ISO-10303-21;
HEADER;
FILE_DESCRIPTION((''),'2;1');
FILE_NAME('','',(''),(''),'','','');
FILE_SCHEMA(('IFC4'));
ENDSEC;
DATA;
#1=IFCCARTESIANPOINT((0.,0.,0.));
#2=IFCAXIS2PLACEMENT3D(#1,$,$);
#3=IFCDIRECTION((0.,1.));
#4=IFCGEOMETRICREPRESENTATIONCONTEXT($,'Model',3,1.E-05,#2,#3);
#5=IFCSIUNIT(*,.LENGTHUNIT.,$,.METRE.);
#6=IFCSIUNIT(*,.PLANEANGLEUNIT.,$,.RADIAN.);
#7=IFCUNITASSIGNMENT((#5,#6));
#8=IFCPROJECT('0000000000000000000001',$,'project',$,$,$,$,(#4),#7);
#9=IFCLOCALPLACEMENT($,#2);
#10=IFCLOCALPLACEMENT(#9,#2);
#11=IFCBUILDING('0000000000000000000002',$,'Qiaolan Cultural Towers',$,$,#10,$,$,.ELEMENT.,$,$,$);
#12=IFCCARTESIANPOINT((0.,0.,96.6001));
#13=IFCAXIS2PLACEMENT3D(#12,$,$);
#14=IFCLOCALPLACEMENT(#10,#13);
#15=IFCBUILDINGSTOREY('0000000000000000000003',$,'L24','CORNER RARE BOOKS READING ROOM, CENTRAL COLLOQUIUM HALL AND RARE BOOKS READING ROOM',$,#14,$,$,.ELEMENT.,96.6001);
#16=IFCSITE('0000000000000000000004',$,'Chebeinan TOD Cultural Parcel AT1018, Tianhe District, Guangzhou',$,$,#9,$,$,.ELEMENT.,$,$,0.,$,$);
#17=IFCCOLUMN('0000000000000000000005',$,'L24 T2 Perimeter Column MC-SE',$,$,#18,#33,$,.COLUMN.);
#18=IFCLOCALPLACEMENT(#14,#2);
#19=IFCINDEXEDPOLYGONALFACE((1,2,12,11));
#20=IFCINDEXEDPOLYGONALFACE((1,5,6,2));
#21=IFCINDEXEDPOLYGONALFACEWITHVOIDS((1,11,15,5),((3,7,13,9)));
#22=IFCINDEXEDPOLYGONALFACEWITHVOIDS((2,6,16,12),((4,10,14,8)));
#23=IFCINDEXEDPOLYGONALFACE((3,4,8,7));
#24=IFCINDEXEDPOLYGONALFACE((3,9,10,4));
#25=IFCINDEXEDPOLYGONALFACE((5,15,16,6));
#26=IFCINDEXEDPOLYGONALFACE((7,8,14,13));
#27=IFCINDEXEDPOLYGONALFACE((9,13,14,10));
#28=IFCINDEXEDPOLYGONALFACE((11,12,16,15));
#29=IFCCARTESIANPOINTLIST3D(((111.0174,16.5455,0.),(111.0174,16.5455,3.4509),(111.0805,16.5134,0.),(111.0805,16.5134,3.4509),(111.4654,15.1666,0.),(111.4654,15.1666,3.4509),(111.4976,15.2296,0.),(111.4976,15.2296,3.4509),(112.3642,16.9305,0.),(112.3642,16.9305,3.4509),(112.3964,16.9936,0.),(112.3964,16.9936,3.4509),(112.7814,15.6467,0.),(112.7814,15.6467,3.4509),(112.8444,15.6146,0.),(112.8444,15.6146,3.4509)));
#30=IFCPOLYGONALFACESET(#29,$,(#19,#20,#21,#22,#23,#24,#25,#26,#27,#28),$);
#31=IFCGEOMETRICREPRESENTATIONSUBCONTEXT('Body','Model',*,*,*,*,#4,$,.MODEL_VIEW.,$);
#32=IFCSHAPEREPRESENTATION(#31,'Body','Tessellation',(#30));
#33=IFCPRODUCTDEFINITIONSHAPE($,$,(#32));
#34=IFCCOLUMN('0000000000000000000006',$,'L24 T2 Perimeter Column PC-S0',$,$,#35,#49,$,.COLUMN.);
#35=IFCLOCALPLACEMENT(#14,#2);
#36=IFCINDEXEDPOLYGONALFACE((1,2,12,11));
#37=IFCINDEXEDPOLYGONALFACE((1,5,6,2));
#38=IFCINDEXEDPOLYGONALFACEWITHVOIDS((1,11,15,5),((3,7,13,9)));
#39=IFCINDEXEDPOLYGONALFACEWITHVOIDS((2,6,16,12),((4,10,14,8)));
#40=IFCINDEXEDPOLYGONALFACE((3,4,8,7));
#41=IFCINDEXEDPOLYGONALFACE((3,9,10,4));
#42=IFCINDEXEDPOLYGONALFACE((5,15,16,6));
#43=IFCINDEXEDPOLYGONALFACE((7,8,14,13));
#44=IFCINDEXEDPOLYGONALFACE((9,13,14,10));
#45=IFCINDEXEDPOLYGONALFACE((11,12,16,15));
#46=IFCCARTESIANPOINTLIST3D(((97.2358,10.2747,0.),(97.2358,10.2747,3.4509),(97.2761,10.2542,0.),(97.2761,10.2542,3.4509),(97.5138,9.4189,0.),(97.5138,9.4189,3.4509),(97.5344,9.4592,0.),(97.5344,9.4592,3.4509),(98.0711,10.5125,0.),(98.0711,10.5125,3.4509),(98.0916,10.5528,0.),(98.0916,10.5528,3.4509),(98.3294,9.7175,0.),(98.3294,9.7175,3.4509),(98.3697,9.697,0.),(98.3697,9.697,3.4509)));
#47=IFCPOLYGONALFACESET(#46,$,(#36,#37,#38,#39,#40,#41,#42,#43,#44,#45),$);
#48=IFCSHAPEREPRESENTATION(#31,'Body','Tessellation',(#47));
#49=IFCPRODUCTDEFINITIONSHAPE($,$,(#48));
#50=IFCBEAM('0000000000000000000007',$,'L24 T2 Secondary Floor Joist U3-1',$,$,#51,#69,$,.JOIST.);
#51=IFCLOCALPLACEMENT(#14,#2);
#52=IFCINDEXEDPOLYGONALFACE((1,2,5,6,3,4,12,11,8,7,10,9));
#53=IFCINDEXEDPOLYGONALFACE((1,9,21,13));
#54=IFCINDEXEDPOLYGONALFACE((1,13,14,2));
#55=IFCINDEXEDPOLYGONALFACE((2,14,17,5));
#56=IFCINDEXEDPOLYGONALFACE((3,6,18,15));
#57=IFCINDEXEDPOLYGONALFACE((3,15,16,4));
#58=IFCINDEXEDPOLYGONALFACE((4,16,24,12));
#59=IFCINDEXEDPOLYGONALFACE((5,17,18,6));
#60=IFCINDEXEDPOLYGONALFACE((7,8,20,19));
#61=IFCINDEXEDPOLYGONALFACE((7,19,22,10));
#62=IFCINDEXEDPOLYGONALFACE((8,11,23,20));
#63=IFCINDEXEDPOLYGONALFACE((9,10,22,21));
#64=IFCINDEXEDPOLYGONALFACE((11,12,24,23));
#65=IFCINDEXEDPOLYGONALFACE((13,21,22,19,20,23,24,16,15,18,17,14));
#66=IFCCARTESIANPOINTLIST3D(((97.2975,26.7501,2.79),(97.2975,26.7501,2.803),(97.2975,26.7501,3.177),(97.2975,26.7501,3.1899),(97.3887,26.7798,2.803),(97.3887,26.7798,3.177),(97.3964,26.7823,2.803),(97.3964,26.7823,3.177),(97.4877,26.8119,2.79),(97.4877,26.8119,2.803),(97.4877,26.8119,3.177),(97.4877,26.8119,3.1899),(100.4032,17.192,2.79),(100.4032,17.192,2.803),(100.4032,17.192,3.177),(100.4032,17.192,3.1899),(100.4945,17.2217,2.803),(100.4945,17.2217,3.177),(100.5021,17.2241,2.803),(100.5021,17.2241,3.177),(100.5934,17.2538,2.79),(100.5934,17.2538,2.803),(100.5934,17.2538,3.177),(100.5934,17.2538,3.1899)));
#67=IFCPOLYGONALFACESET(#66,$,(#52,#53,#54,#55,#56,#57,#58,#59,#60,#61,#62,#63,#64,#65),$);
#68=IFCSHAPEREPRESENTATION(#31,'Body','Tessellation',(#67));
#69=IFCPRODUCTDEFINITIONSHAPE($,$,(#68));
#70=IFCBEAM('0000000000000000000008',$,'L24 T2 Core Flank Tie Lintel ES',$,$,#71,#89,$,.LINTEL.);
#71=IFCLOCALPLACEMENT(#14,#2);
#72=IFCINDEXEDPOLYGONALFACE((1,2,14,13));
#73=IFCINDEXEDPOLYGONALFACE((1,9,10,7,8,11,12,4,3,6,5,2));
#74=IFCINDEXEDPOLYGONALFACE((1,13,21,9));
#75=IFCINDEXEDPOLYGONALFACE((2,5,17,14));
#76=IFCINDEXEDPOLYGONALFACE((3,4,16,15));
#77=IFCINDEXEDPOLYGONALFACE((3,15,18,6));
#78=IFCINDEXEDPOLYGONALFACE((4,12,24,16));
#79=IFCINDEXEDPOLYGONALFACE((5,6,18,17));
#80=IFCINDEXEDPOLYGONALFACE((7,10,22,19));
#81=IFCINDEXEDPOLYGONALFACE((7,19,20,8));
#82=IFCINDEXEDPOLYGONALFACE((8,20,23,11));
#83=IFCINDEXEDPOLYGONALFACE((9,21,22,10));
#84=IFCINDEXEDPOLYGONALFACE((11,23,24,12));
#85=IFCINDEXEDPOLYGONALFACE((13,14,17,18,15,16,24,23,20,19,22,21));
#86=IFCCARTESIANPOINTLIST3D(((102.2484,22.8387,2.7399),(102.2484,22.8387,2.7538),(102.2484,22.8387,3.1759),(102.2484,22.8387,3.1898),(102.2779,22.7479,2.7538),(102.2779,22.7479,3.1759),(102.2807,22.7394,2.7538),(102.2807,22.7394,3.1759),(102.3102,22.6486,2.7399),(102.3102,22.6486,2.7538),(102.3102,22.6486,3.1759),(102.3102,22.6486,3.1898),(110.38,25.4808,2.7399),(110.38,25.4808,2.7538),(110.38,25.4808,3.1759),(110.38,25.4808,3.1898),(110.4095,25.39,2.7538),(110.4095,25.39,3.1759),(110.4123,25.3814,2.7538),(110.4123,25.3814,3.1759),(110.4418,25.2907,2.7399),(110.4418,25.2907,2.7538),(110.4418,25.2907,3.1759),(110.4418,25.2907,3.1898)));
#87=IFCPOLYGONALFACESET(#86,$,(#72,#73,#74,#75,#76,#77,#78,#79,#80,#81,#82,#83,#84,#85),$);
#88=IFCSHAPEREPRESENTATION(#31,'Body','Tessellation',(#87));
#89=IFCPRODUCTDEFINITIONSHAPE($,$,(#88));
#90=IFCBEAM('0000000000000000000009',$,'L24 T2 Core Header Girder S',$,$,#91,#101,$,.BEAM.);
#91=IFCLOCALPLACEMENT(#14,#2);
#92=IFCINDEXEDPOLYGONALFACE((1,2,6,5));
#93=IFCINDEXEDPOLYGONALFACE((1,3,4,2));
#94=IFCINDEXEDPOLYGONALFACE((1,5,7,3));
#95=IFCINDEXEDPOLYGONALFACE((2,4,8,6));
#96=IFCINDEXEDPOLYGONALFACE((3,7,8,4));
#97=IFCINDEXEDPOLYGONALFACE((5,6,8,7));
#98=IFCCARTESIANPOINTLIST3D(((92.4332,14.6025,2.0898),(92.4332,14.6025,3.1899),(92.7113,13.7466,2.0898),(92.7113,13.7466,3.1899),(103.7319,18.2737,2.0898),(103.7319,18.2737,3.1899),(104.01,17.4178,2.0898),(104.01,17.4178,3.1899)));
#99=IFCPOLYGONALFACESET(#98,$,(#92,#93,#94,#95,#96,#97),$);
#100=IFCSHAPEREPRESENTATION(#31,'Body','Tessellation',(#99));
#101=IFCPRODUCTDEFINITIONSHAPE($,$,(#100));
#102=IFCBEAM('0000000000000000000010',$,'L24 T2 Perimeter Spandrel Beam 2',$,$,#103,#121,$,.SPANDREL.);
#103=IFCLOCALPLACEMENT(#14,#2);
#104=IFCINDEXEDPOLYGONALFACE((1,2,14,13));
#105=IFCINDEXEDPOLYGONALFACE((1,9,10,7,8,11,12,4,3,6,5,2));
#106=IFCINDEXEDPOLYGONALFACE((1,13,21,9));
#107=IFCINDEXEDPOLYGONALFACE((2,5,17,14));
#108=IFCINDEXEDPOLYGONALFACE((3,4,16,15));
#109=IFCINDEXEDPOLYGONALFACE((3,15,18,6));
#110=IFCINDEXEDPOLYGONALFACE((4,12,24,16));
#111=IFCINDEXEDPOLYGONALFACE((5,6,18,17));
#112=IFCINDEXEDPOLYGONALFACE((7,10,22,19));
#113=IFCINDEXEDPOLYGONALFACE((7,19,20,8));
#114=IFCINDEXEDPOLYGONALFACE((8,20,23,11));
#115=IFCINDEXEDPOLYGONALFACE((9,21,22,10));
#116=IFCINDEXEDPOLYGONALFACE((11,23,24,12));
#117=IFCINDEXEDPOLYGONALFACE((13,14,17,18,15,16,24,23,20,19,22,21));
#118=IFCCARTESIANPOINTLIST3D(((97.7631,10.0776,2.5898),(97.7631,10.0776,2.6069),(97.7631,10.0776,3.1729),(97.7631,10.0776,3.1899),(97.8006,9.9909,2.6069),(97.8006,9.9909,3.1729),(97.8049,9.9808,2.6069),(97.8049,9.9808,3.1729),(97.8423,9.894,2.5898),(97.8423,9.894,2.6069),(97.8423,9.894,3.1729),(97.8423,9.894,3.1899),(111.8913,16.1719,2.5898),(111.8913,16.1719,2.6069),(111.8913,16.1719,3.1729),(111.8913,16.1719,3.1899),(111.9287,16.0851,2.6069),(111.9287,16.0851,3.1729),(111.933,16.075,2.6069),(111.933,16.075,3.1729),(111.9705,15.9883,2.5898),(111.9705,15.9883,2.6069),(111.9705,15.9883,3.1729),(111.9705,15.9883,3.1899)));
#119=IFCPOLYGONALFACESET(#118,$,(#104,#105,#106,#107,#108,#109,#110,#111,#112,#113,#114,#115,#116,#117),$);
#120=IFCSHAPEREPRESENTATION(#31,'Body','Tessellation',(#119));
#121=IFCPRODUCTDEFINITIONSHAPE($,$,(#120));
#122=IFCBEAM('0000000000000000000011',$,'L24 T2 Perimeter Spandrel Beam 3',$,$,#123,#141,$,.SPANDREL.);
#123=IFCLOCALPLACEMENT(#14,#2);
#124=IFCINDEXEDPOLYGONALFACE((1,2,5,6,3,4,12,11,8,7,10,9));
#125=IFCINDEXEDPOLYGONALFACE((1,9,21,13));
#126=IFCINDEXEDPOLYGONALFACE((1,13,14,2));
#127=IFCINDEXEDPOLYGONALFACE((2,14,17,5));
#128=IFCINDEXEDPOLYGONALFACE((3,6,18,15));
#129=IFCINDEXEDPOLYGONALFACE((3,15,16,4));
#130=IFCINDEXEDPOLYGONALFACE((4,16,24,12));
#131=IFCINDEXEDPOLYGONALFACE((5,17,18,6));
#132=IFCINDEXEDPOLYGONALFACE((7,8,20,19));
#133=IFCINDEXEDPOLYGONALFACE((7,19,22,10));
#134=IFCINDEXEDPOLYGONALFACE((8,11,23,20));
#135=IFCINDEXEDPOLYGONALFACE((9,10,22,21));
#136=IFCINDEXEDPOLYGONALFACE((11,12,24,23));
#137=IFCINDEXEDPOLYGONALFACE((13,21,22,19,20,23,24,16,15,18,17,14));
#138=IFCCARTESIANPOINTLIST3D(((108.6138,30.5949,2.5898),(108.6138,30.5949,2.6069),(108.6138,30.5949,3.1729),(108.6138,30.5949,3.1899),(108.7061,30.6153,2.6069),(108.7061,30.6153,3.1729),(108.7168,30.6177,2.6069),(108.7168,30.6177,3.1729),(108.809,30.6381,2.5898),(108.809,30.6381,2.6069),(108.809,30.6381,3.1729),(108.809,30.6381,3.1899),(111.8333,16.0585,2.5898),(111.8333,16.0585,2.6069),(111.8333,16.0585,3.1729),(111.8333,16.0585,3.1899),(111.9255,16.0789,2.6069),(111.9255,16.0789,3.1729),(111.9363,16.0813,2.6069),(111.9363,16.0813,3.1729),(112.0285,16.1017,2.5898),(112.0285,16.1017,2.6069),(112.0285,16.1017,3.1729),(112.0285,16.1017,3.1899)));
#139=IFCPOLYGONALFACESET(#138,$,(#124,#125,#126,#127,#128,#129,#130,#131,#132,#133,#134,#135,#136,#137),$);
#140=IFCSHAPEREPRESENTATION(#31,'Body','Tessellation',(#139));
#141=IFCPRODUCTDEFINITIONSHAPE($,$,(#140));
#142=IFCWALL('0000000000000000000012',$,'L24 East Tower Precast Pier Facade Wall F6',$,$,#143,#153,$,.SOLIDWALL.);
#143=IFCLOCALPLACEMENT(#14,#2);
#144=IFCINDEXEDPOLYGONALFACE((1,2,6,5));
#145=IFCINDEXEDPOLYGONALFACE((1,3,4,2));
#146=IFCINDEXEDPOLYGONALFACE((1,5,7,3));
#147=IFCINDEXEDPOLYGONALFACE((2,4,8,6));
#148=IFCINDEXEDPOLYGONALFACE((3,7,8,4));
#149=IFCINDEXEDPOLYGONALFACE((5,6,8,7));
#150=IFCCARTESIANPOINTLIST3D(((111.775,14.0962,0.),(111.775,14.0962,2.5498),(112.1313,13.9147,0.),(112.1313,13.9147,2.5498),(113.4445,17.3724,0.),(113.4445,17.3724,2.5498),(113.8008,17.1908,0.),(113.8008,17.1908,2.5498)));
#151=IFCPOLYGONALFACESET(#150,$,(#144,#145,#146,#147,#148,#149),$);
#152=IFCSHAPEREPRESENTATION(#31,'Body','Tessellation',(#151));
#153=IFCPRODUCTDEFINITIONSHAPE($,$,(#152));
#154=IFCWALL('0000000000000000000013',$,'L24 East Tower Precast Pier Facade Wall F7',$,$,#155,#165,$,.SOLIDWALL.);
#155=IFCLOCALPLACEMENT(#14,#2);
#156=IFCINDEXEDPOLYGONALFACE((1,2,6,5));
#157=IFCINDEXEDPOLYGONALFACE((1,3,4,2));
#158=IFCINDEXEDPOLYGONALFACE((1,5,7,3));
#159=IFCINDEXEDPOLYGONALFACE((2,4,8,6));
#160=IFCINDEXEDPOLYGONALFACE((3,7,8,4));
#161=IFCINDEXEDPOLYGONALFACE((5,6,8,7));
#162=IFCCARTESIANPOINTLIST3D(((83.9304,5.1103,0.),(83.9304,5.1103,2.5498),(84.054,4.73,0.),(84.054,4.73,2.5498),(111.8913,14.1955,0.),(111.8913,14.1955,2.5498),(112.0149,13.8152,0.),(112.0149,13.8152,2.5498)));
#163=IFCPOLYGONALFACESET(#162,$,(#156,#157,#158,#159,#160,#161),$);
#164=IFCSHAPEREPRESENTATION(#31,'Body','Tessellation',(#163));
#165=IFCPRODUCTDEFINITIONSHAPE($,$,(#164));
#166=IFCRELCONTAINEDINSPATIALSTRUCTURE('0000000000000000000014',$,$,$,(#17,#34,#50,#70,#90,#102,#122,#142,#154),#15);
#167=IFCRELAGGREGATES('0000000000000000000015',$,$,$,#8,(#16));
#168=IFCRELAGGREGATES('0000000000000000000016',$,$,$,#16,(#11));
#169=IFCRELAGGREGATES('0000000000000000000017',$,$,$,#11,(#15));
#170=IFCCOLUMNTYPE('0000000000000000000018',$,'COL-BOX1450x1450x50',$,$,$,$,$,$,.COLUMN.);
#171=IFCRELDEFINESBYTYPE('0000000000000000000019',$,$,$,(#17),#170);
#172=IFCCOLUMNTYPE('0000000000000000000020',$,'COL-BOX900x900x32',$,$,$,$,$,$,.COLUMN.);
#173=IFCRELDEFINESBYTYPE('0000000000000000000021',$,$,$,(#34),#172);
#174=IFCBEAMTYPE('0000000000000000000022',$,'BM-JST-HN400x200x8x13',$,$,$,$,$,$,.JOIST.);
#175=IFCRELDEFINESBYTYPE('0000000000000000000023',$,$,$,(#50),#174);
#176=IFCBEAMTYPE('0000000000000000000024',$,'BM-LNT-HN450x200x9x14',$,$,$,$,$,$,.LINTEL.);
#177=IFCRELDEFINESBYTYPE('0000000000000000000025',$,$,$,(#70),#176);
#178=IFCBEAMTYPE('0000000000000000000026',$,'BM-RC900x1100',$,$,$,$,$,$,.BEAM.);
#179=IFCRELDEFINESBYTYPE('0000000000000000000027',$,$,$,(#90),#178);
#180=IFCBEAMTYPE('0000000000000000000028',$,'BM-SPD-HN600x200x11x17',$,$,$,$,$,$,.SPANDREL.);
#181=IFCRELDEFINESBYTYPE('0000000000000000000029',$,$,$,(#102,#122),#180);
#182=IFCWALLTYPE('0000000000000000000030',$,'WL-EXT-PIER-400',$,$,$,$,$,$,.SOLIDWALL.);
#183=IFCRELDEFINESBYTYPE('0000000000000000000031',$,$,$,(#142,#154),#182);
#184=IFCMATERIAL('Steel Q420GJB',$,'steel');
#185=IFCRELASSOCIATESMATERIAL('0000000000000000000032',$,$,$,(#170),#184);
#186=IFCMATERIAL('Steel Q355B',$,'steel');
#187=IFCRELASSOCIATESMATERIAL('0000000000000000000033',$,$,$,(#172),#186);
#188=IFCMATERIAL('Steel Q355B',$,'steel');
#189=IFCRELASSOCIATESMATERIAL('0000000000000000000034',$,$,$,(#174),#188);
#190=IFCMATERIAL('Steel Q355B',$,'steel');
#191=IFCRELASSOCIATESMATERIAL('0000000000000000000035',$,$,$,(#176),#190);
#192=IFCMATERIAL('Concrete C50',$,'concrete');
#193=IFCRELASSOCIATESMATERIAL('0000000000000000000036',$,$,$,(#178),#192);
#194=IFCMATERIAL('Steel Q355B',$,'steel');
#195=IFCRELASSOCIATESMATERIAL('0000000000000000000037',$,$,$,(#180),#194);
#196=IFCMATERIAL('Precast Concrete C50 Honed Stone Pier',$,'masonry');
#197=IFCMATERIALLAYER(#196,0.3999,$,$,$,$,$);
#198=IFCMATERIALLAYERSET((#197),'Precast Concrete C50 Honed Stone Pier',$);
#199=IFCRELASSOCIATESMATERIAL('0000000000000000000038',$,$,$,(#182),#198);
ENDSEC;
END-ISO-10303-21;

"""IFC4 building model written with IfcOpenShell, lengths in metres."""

from ifc_helpers import new_model, si_unit, direction, frame, frame_2d, origin, origin_2d, place, context, subcontext, project, spatial, rectangle, hollow_rectangle, i_section, extrude, material, layer, layer_set, material_profile, profile_set, type_object, element, save


model = new_model("IFC4")

# Units and contexts
model_context = context("Model", 3, precision=1e-05, world=origin(), true_north=direction((0.0, 1.0)))
body_context = subcontext(model_context, "Body", "Model", "MODEL_VIEW")
ifc_project = project(units=[si_unit("LENGTHUNIT", "METRE"), si_unit("PLANEANGLEUNIT", "RADIAN")], contexts=[model_context])

# Site, building, storey
site_placement = place(None, origin())
site = spatial("IfcSite", under=ifc_project, at=site_placement, Name="Chebeinan TOD Cultural Parcel AT1018, Tianhe District, Guangzhou", CompositionType="ELEMENT", RefElevation=0.0)
building_placement = place(site_placement, origin())
building = spatial("IfcBuilding", under=site, at=building_placement, Name="Qiaolan Cultural Towers", CompositionType="ELEMENT")
storey_placement = place(building_placement, frame((0.0, 0.0, 96.6001)))
storey = spatial("IfcBuildingStorey", under=building, at=storey_placement, Name="L24", Description="CORNER RARE BOOKS READING ROOM, CENTRAL COLLOQUIUM HALL AND RARE BOOKS READING ROOM", CompositionType="ELEMENT", Elevation=96.6001)

# Columns
ifc_material_1 = material(Name="Steel Q420GJB", Category="steel")
ifc_material_profile_1 = material_profile(ifc_material_1, hollow_rectangle(XDim=1.45, YDim=1.45, WallThickness=0.05, at=origin_2d()), Name="BOX1450x1450x50")
ifc_profile_set_1 = profile_set([ifc_material_profile_1], Name="Steel Q420GJB")
column_type_1 = type_object("IfcColumnType", Name="COL-BOX1450x1450x50", PredefinedType="COLUMN", material=ifc_profile_set_1)
column_1_placement = place(storey_placement, frame((111.9309, 16.0801, 0.0), z_axis=(0.0, 0.0, 1.0), x_axis=(0.951057, 0.309017, 0.0)))
element("IfcColumn", 1, at=column_1_placement, inside=storey, type_object=column_type_1, Name="L24 T2 Perimeter Column MC-SE", PredefinedType="COLUMN", context=body_context, shape_type="SweptSolid", body=[
    extrude(hollow_rectangle(XDim=1.45, YDim=1.45, WallThickness=0.05, at=origin_2d()), origin(), (0.0, 0.0, 1.0), 3.4509),
])
ifc_material_2 = material(Name="Steel Q355B", Category="steel")
ifc_material_profile_2 = material_profile(ifc_material_2, hollow_rectangle(XDim=0.8999, YDim=0.8999, WallThickness=0.032, at=origin_2d()), Name="BOX900x900x32")
ifc_profile_set_2 = profile_set([ifc_material_profile_2], Name="Steel Q355B")
column_type_2 = type_object("IfcColumnType", Name="COL-BOX900x900x32", PredefinedType="COLUMN", material=ifc_profile_set_2)
column_2_placement = place(storey_placement, frame((97.8027, 9.9858, 0.0), z_axis=(0.0, 0.0, 1.0), x_axis=(0.951057, 0.309017, 0.0)))
element("IfcColumn", 2, at=column_2_placement, inside=storey, type_object=column_type_2, Name="L24 T2 Perimeter Column PC-S0", PredefinedType="COLUMN", context=body_context, shape_type="SweptSolid", body=[
    extrude(hollow_rectangle(XDim=0.8999, YDim=0.8999, WallThickness=0.032, at=origin_2d()), origin(), (0.0, 0.0, 1.0), 3.4509),
])

# Beams
ifc_material_3 = material(Name="Steel Q355B", Category="steel")
ifc_material_profile_3 = material_profile(ifc_material_3, i_section(OverallWidth=0.2, OverallDepth=0.3999, WebThickness=0.0081, FlangeThickness=0.0129, at=origin_2d()), Name="HN400x200x8x13")
ifc_profile_set_3 = profile_set([ifc_material_profile_3], Name="Steel Q355B")
beam_type_1 = type_object("IfcBeamType", Name="BM-JST-HN400x200x8x13", PredefinedType="JOIST", material=ifc_profile_set_3)
beam_1_placement = place(storey_placement, frame((100.4983, 17.2229, 2.99), z_axis=(-0.309026, 0.951054, 0.0), x_axis=(-0.951054, -0.309026, 0.0)))
element("IfcBeam", 3, at=beam_1_placement, inside=storey, type_object=beam_type_1, Name="L24 T2 Secondary Floor Joist U3-1", PredefinedType="JOIST", context=body_context, shape_type="SweptSolid", body=[
    extrude(i_section(OverallWidth=0.2, OverallDepth=0.3999, WebThickness=0.0081, FlangeThickness=0.0129, at=origin_2d()), origin(), (0.0, 0.0, 1.0), 10.05),
])
ifc_material_4 = material(Name="Steel Q355B", Category="steel")
ifc_material_profile_4 = material_profile(ifc_material_4, i_section(OverallWidth=0.2, OverallDepth=0.45, WebThickness=0.009, FlangeThickness=0.0139, at=origin_2d()), Name="HN450x200x9x14")
ifc_profile_set_4 = profile_set([ifc_material_profile_4], Name="Steel Q355B")
beam_type_2 = type_object("IfcBeamType", Name="BM-LNT-HN450x200x9x14", PredefinedType="LINTEL", material=ifc_profile_set_4)
beam_2_placement = place(storey_placement, frame((102.2793, 22.7437, 2.9648), z_axis=(0.951057, 0.309014, 0.0), x_axis=(-0.309014, 0.951057, 0.0)))
element("IfcBeam", 4, at=beam_2_placement, inside=storey, type_object=beam_type_2, Name="L24 T2 Core Flank Tie Lintel ES", PredefinedType="LINTEL", context=body_context, shape_type="SweptSolid", body=[
    extrude(i_section(OverallWidth=0.2, OverallDepth=0.45, WebThickness=0.009, FlangeThickness=0.0139, at=origin_2d()), origin(), (0.0, 0.0, 1.0), 8.55),
])
ifc_material_5 = material(Name="Concrete C50", Category="concrete")
ifc_material_profile_5 = material_profile(ifc_material_5, rectangle(XDim=0.8999, YDim=1.1001, at=origin_2d()), Name="RC900x1100")
ifc_profile_set_5 = profile_set([ifc_material_profile_5], Name="Concrete C50")
beam_type_3 = type_object("IfcBeamType", Name="BM-RC900x1100", PredefinedType="BEAM", material=ifc_profile_set_5)
beam_3_placement = place(storey_placement, frame((92.5723, 14.1746, 2.6399), z_axis=(0.951056, 0.309018, 0.0), x_axis=(-0.309018, 0.951056, 0.0)))
element("IfcBeam", 5, at=beam_3_placement, inside=storey, type_object=beam_type_3, Name="L24 T2 Core Header Girder S", PredefinedType="BEAM", context=body_context, shape_type="SweptSolid", body=[
    extrude(rectangle(XDim=0.8999, YDim=1.1001, at=origin_2d()), origin(), (0.0, 0.0, 1.0), 11.8801),
])
ifc_material_6 = material(Name="Steel Q355B", Category="steel")
ifc_material_profile_6 = material_profile(ifc_material_6, i_section(OverallWidth=0.2, OverallDepth=0.6001, WebThickness=0.011, FlangeThickness=0.0171, at=origin_2d()), Name="HN600x200x11x17")
ifc_profile_set_6 = profile_set([ifc_material_profile_6], Name="Steel Q355B")
beam_type_4 = type_object("IfcBeamType", Name="BM-SPD-HN600x200x11x17", PredefinedType="SPANDREL", material=ifc_profile_set_6)
beam_4_placement = place(storey_placement, frame((97.8027, 9.9858, 2.8899), z_axis=(0.918218, 0.396076, 0.0), x_axis=(-0.396076, 0.918218, 0.0)))
element("IfcBeam", 6, at=beam_4_placement, inside=storey, type_object=beam_type_4, Name="L24 T2 Perimeter Spandrel Beam 2", PredefinedType="SPANDREL", context=body_context, shape_type="SweptSolid", body=[
    extrude(i_section(OverallWidth=0.2, OverallDepth=0.6001, WebThickness=0.011, FlangeThickness=0.0171, at=origin_2d()), origin(), (0.0, 0.0, 1.0), 15.3865),
])
beam_5_placement = place(storey_placement, frame((111.9309, 16.0801, 2.8899), z_axis=(-0.216238, 0.976341, 0.0), x_axis=(-0.976341, -0.216238, 0.0)))
element("IfcBeam", 7, at=beam_5_placement, inside=storey, type_object=beam_type_4, Name="L24 T2 Perimeter Spandrel Beam 3", PredefinedType="SPANDREL", context=body_context, shape_type="SweptSolid", body=[
    extrude(i_section(OverallWidth=0.2, OverallDepth=0.6001, WebThickness=0.011, FlangeThickness=0.0171, at=origin_2d()), origin(), (0.0, 0.0, 1.0), 14.8887),
])

# Walls
ifc_material_7 = material(Name="Precast Concrete C50 Honed Stone Pier", Category="masonry")
ifc_layer_1 = layer(ifc_material_7, 0.3999)
ifc_layer_set_1 = layer_set([ifc_layer_1], Name="Precast Concrete C50 Honed Stone Pier")
wall_type_1 = type_object("IfcWallType", Name="WL-EXT-PIER-400", PredefinedType="SOLIDWALL", material=ifc_layer_set_1)
wall_1_placement = place(storey_placement, frame((113.6226, 17.2815, 0.0), z_axis=(0.0, 0.0, 1.0), x_axis=(-0.454026, -0.890988, 0.0)))
element("IfcWall", 8, at=wall_1_placement, inside=storey, type_object=wall_type_1, Name="L24 East Tower Precast Pier Facade Wall F6", PredefinedType="SOLIDWALL", context=body_context, shape_type="SweptSolid", body=[
    extrude(rectangle(XDim=3.677, YDim=0.3999, at=frame_2d((1.8384, 0.0))), origin(), (0.0, 0.0, 1.0), 2.5498),
])
wall_2_placement = place(storey_placement, frame((111.9531, 14.0054, 0.0), z_axis=(0.0, 0.0, 1.0), x_axis=(-0.951055, -0.309021, 0.0)))
element("IfcWall", 9, at=wall_2_placement, inside=storey, type_object=wall_type_1, Name="L24 East Tower Precast Pier Facade Wall F7", PredefinedType="SOLIDWALL", context=body_context, shape_type="SweptSolid", body=[
    extrude(rectangle(XDim=29.3999, YDim=0.3999, at=frame_2d((14.7, 0.0))), origin(), (0.0, 0.0, 1.0), 2.5498),
])

save(model, "model.ifc")
